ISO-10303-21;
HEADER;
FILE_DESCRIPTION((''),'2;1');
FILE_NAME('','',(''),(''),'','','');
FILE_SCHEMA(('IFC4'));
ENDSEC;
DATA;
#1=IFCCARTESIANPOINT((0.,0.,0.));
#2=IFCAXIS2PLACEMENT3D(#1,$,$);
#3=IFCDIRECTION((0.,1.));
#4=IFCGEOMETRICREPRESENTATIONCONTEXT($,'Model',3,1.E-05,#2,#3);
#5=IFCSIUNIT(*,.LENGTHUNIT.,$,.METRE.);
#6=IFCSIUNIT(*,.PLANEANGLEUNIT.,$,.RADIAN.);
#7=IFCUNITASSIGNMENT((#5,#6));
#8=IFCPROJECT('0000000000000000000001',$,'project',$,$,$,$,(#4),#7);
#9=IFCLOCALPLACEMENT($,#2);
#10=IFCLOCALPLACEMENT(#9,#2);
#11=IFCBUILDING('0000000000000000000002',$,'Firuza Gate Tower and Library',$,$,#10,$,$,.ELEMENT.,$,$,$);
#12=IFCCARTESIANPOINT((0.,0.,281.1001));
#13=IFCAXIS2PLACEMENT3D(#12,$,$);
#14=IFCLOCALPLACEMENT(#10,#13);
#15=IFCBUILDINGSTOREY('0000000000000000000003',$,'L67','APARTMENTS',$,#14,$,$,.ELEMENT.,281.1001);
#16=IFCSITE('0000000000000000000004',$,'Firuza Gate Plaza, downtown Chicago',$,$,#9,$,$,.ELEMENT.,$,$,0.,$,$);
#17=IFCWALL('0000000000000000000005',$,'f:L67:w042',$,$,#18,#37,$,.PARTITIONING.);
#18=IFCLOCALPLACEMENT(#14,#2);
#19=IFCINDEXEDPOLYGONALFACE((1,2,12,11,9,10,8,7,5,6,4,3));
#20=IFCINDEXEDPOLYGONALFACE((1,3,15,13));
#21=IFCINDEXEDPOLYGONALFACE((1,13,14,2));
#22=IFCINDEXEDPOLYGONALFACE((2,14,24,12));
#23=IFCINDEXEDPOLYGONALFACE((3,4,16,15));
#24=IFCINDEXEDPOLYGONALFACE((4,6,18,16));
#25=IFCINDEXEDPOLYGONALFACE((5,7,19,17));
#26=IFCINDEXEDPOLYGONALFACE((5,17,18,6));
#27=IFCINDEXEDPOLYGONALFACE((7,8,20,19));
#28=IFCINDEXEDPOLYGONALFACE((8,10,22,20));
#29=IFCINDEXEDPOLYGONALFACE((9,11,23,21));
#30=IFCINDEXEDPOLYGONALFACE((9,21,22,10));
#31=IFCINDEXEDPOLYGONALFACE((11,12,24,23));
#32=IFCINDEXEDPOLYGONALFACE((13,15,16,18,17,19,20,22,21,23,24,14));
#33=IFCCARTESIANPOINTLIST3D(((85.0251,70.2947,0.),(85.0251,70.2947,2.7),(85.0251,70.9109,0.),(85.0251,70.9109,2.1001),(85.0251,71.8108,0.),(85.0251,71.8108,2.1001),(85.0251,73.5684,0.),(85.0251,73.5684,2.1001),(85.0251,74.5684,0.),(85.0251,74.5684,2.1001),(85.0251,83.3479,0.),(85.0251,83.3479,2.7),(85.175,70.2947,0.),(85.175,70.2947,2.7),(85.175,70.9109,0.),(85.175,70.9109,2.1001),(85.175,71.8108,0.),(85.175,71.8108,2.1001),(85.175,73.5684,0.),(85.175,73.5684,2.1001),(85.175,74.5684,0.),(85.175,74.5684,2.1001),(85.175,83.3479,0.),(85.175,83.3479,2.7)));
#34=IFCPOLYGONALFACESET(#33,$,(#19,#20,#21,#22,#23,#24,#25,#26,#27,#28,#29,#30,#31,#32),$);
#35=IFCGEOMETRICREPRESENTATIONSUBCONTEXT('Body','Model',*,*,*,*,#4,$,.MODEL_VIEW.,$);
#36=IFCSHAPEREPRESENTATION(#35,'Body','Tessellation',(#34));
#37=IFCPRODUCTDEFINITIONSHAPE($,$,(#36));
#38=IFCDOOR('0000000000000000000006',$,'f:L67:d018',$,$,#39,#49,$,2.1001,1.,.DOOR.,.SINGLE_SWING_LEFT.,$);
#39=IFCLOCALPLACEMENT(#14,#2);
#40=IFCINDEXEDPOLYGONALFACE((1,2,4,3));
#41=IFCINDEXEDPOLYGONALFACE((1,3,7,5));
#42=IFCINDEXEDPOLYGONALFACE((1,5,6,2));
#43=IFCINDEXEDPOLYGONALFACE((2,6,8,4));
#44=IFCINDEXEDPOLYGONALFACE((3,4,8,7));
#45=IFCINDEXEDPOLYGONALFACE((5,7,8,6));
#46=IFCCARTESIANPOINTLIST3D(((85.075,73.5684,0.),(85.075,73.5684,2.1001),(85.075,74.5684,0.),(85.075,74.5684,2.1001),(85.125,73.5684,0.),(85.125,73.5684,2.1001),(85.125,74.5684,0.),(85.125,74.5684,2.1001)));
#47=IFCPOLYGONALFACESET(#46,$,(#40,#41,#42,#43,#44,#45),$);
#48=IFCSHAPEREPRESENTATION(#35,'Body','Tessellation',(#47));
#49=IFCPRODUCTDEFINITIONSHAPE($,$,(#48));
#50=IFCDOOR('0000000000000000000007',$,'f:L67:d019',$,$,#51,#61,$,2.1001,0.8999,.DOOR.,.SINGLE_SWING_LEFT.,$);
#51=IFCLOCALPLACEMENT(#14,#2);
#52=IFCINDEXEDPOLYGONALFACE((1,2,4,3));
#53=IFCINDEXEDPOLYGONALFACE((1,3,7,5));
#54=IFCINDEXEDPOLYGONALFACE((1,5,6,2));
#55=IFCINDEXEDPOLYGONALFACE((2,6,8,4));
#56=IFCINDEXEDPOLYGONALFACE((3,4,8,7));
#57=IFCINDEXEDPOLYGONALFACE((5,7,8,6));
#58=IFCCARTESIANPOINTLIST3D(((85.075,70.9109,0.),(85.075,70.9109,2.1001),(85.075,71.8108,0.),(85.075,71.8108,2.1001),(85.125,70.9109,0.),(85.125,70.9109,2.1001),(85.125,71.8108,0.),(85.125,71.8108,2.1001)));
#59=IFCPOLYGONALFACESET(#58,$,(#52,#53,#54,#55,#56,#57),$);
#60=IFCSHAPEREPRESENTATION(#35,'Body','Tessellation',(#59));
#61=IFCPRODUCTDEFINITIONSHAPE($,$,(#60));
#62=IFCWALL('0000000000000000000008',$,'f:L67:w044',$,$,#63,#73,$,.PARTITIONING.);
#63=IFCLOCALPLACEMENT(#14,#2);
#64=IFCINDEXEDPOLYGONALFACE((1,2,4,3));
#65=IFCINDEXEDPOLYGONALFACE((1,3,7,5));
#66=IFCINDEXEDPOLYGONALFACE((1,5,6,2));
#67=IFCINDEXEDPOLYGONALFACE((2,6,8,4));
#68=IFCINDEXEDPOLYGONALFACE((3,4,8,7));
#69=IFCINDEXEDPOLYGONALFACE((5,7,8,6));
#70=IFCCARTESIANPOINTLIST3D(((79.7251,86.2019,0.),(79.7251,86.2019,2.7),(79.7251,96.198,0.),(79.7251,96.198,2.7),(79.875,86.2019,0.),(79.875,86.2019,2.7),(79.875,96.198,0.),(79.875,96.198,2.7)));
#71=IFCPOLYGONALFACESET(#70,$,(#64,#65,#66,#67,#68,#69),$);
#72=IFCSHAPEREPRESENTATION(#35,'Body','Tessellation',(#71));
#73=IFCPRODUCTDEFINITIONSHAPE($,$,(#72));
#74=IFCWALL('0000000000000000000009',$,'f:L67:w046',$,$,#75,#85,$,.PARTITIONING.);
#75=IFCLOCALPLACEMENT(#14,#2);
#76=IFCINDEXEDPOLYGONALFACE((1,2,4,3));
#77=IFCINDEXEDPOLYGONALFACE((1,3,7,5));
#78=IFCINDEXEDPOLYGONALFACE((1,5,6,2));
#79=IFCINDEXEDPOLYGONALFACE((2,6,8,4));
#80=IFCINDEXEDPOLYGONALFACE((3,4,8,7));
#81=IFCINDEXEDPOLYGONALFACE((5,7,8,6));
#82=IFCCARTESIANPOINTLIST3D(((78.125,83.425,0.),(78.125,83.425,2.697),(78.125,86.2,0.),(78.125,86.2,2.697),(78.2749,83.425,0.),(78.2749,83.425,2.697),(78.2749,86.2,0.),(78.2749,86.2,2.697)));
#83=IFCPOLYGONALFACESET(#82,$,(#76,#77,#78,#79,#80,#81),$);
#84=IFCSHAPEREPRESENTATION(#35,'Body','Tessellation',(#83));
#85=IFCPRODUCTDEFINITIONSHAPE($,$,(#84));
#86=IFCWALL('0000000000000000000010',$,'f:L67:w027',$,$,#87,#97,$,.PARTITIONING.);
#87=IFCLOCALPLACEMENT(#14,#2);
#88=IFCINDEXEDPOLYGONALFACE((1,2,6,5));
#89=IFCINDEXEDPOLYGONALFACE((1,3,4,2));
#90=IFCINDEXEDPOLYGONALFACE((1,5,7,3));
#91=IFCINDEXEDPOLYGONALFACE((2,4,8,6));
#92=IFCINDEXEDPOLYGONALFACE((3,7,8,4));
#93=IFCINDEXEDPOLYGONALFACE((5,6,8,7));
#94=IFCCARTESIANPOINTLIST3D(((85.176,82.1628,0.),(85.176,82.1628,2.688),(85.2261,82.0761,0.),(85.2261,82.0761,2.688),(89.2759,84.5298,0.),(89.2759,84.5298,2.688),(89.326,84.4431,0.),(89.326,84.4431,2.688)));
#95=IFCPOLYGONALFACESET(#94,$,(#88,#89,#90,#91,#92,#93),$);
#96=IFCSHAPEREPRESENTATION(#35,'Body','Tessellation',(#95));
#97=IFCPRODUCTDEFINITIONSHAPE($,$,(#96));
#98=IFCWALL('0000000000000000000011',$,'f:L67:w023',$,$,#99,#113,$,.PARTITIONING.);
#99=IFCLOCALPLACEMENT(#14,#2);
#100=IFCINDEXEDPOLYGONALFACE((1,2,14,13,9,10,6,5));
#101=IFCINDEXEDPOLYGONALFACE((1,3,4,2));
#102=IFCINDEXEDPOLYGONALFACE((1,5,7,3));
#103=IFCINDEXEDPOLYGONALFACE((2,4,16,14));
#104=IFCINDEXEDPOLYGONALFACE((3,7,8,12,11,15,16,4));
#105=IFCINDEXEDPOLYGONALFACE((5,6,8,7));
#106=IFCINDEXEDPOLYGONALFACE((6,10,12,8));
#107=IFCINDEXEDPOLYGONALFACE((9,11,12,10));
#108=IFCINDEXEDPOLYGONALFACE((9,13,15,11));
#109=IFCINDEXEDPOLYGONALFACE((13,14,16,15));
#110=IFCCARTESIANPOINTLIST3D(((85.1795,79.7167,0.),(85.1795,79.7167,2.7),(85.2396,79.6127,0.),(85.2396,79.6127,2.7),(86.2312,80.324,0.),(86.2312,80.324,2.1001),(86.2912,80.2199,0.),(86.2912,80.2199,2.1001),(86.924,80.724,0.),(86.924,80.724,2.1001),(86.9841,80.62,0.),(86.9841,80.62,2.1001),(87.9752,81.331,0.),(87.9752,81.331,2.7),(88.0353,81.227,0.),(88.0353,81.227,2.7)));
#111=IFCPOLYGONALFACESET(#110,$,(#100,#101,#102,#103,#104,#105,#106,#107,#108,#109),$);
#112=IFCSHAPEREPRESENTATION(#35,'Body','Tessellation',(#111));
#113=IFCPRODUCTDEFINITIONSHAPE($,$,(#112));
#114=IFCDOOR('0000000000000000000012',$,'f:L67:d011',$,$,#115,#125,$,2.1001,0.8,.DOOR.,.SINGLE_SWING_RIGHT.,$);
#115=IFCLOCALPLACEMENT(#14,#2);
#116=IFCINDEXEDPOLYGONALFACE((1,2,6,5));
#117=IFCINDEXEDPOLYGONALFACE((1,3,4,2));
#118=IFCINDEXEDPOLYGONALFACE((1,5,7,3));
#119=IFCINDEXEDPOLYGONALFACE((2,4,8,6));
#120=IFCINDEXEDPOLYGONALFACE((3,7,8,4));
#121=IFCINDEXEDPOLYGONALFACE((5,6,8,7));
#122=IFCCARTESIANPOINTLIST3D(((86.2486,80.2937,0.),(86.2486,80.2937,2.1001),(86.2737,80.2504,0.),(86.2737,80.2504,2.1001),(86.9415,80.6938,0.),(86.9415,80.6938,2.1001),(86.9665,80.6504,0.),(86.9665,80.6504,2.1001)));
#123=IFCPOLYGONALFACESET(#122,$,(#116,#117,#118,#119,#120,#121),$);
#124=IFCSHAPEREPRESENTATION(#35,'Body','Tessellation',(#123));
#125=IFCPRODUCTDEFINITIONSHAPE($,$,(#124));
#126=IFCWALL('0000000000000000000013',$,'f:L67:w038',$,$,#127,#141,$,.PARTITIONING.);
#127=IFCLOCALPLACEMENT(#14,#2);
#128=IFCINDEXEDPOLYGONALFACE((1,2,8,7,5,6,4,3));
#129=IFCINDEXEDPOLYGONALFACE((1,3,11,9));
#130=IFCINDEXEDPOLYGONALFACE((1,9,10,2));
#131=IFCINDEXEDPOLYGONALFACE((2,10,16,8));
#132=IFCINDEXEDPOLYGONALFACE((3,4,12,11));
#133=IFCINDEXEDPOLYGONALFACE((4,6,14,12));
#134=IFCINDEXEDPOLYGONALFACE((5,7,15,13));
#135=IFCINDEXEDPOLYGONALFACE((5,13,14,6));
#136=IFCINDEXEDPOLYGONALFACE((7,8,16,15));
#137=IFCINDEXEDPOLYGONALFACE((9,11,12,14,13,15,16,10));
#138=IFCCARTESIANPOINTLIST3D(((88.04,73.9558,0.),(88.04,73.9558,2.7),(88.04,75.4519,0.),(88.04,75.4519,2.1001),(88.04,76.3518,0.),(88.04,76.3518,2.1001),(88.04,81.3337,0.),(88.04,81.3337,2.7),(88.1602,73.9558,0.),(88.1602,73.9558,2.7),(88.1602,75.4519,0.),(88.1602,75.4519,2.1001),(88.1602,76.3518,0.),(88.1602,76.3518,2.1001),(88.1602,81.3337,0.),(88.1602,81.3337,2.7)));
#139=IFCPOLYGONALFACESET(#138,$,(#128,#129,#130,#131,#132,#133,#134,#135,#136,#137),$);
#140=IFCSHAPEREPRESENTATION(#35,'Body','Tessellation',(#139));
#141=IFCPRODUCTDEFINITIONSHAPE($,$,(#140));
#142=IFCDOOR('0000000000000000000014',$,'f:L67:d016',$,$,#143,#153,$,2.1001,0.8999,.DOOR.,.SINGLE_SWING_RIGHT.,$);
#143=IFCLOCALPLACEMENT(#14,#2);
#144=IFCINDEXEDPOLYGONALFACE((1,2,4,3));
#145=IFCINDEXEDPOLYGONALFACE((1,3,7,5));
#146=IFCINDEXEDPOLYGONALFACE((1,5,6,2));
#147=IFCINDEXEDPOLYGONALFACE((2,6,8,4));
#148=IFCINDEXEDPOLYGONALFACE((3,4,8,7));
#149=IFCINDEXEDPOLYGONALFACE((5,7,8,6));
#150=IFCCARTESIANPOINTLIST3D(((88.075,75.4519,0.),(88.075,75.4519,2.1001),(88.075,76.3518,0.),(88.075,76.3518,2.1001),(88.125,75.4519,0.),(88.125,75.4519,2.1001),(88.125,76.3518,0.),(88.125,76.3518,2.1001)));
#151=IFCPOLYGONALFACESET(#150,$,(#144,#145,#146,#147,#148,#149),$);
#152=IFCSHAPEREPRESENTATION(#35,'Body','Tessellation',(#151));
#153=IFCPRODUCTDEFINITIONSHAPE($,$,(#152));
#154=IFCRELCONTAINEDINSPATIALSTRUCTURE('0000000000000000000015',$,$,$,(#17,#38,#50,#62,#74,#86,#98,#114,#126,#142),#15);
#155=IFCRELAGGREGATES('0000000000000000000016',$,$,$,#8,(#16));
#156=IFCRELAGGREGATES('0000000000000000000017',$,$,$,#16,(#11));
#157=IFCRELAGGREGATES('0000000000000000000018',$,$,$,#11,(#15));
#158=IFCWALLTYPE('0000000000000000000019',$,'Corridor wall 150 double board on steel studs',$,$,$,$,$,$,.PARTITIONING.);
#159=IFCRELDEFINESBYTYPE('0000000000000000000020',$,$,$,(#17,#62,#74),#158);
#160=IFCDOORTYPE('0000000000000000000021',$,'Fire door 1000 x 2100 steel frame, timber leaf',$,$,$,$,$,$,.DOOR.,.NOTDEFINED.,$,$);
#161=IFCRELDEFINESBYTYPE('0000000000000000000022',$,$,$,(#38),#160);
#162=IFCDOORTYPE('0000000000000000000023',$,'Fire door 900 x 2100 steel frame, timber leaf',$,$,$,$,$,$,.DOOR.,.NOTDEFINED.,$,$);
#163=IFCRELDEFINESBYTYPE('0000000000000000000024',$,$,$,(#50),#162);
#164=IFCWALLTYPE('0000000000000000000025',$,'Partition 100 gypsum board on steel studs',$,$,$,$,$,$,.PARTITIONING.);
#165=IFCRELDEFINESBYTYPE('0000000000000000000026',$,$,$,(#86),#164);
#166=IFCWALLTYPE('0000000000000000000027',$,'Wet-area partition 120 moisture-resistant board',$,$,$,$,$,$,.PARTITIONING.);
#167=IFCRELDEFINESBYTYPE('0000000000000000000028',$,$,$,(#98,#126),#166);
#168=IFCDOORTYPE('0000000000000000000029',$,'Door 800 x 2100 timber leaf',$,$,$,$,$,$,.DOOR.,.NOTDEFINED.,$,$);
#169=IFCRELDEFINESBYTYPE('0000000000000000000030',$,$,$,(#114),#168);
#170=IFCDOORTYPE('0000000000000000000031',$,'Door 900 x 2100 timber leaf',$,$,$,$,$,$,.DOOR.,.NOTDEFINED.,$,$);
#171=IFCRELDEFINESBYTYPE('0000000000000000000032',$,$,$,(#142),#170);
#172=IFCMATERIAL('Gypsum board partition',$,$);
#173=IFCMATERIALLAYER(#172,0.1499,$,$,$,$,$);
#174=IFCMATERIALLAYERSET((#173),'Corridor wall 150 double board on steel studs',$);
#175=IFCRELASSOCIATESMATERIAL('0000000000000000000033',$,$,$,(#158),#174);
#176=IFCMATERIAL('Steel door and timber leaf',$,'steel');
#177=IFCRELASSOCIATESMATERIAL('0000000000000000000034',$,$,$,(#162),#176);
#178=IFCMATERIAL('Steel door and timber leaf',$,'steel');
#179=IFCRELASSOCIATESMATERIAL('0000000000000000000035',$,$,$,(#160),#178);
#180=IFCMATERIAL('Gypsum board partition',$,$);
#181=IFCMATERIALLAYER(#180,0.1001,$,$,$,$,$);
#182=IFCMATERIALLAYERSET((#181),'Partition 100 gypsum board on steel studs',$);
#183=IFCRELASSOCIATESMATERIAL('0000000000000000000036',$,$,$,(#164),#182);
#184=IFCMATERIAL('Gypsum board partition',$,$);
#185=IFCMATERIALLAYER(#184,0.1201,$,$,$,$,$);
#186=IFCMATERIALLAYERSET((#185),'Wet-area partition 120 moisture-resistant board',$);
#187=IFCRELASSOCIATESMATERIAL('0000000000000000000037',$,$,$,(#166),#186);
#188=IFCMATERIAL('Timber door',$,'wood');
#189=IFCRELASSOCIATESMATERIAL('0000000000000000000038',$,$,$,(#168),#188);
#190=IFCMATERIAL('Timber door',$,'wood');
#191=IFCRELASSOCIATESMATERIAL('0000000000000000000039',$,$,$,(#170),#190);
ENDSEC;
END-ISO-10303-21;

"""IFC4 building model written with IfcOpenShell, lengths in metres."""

from ifc_helpers import new_model, si_unit, direction, frame, frame_2d, origin, place, context, subcontext, project, spatial, rectangle, extrude, material, layer, layer_set, type_object, element, fill, save


model = new_model("IFC4")

# Units and contexts
model_context = context("Model", 3, precision=1e-05, world=origin(), true_north=direction((0.0, 1.0)))
body_context = subcontext(model_context, "Body", "Model", "MODEL_VIEW")
ifc_project = project(units=[si_unit("LENGTHUNIT", "METRE"), si_unit("PLANEANGLEUNIT", "RADIAN")], contexts=[model_context])

# Site, building, storey
site_placement = place(None, origin())
site = spatial("IfcSite", under=ifc_project, at=site_placement, Name="Firuza Gate Plaza, downtown Chicago", CompositionType="ELEMENT", RefElevation=0.0)
building_placement = place(site_placement, origin())
building = spatial("IfcBuilding", under=site, at=building_placement, Name="Firuza Gate Tower and Library", CompositionType="ELEMENT")
storey_placement = place(building_placement, frame((0.0, 0.0, 281.1001)))
storey = spatial("IfcBuildingStorey", under=building, at=storey_placement, Name="L67", Description="APARTMENTS", CompositionType="ELEMENT", Elevation=281.1001)

# Shared definitions
ifc_material_1 = material(Name="Gypsum board partition")
ifc_layer_1 = layer(ifc_material_1, 0.1499)
ifc_layer_set_1 = layer_set([ifc_layer_1], Name="Corridor wall 150 double board on steel studs")
wall_type_1 = type_object("IfcWallType", Name="Corridor wall 150 double board on steel studs", PredefinedType="PARTITIONING", material=ifc_layer_set_1)
ifc_material_2 = material(Name="Steel door and timber leaf", Category="steel")
door_type_1 = type_object("IfcDoorType", Name="Fire door 900 x 2100 steel frame, timber leaf", OperationType="NOTDEFINED", PredefinedType="DOOR", material=ifc_material_2)

# Wall, openings, doors
wall_1_placement = place(storey_placement, frame((85.1001, 83.3479, 0.0), z_axis=(0.0, 0.0, 1.0), x_axis=(0.0, -1.0, 0.0)))
wall_1 = element("IfcWall", 1, at=wall_1_placement, inside=storey, type_object=wall_type_1, Name="f:L67:w042", PredefinedType="PARTITIONING", context=body_context, shape_type="SweptSolid", body=[
    extrude(rectangle(XDim=13.0532, YDim=0.1499, at=frame_2d((6.5266, 0.0))), origin(), (0.0, 0.0, 1.0), 2.7),
])
opening_1_placement = place(wall_1_placement, frame((8.7795, 0.0, 0.0)))
opening_1 = element("IfcOpeningElement", 2, at=opening_1_placement, cuts=wall_1, PredefinedType="OPENING", context=body_context, shape_type="SweptSolid", body=[
    extrude(rectangle(XDim=1.0, YDim=2.1001, at=frame_2d((0.5, 1.05))), frame((0.0, 0.085, 0.0), z_axis=(0.0, -1.0, 0.0), x_axis=(1.0, 0.0, 0.0)), (0.0, 0.0, 1.0), 0.1699),
])
opening_2_placement = place(wall_1_placement, frame((11.5371, 0.0, 0.0)))
opening_2 = element("IfcOpeningElement", 3, at=opening_2_placement, cuts=wall_1, PredefinedType="OPENING", context=body_context, shape_type="SweptSolid", body=[
    extrude(rectangle(XDim=0.8999, YDim=2.1001, at=frame_2d((0.45, 1.05))), frame((0.0, 0.085, 0.0), z_axis=(0.0, -1.0, 0.0), x_axis=(1.0, 0.0, 0.0)), (0.0, 0.0, 1.0), 0.1699),
])
ifc_material_3 = material(Name="Steel door and timber leaf", Category="steel")
door_type_2 = type_object("IfcDoorType", Name="Fire door 1000 x 2100 steel frame, timber leaf", OperationType="NOTDEFINED", PredefinedType="DOOR", material=ifc_material_3)
door_1_placement = place(opening_1_placement, origin())
door_1 = element("IfcDoor", 4, at=door_1_placement, inside=storey, type_object=door_type_2, Name="f:L67:d018", OperationType="SINGLE_SWING_LEFT", OverallHeight=2.1001, OverallWidth=1.0, PredefinedType="DOOR", context=body_context, shape_type="SweptSolid", body=[
    extrude(rectangle(XDim=1.0, YDim=2.1001, at=frame_2d((0.5, 1.05))), frame((0.0, 0.0249, 0.0), z_axis=(0.0, -1.0, 0.0), x_axis=(1.0, 0.0, 0.0)), (0.0, 0.0, 1.0), 0.05),
])
fill(opening_1, door_1)
door_2_placement = place(opening_2_placement, origin())
door_2 = element("IfcDoor", 5, at=door_2_placement, inside=storey, type_object=door_type_1, Name="f:L67:d019", OperationType="SINGLE_SWING_LEFT", OverallHeight=2.1001, OverallWidth=0.8999, PredefinedType="DOOR", context=body_context, shape_type="SweptSolid", body=[
    extrude(rectangle(XDim=0.8999, YDim=2.1001, at=frame_2d((0.45, 1.05))), frame((0.0, 0.0249, 0.0), z_axis=(0.0, -1.0, 0.0), x_axis=(1.0, 0.0, 0.0)), (0.0, 0.0, 1.0), 0.05),
])
fill(opening_2, door_2)

# Walls
wall_2_placement = place(storey_placement, frame((79.8, 86.2019, 0.0), z_axis=(0.0, 0.0, 1.0), x_axis=(0.0, 1.0, 0.0)))
element("IfcWall", 6, at=wall_2_placement, inside=storey, type_object=wall_type_1, Name="f:L67:w044", PredefinedType="PARTITIONING", context=body_context, shape_type="SweptSolid", body=[
    extrude(rectangle(XDim=9.9961, YDim=0.1499, at=frame_2d((4.998, 0.0))), origin(), (0.0, 0.0, 1.0), 2.7),
])
wall_3_placement = place(storey_placement, frame((78.2, 83.425, 0.0), z_axis=(0.0, 0.0, 1.0), x_axis=(0.0, 1.0, 0.0)))
element("IfcWall", 7, at=wall_3_placement, inside=storey, type_object=wall_type_1, Name="f:L67:w046", PredefinedType="PARTITIONING", context=body_context, shape_type="SweptSolid", body=[
    extrude(rectangle(XDim=2.7749, YDim=0.1499, at=frame_2d((1.3875, 0.0))), origin(), (0.0, 0.0, 1.0), 2.697),
])
ifc_material_4 = material(Name="Gypsum board partition")
ifc_layer_2 = layer(ifc_material_4, 0.1001)
ifc_layer_set_2 = layer_set([ifc_layer_2], Name="Partition 100 gypsum board on steel studs")
wall_type_2 = type_object("IfcWallType", Name="Partition 100 gypsum board on steel studs", PredefinedType="PARTITIONING", material=ifc_layer_set_2)
wall_4_placement = place(storey_placement, frame((85.2009, 82.1194, 0.0), z_axis=(0.0, 0.0, 1.0), x_axis=(0.866035, 0.499983, 0.0)))
element("IfcWall", 8, at=wall_4_placement, inside=storey, type_object=wall_type_2, Name="f:L67:w027", PredefinedType="PARTITIONING", context=body_context, shape_type="SweptSolid", body=[
    extrude(rectangle(XDim=4.7341, YDim=0.1001, at=frame_2d((2.3672, 0.0))), origin(), (0.0, 0.0, 1.0), 2.688),
])

# Walls, openings, doors
ifc_material_5 = material(Name="Gypsum board partition")
ifc_layer_3 = layer(ifc_material_5, 0.1201)
ifc_layer_set_3 = layer_set([ifc_layer_3], Name="Wet-area partition 120 moisture-resistant board")
wall_type_3 = type_object("IfcWallType", Name="Wet-area partition 120 moisture-resistant board", PredefinedType="PARTITIONING", material=ifc_layer_set_3)
wall_5_placement = place(storey_placement, frame((88.0054, 81.2791, 0.0), z_axis=(0.0, 0.0, 1.0), x_axis=(-0.866, -0.500043, 0.0)))
wall_5 = element("IfcWall", 9, at=wall_5_placement, inside=storey, type_object=wall_type_3, Name="f:L67:w023", PredefinedType="PARTITIONING", context=body_context, shape_type="SweptSolid", body=[
    extrude(rectangle(XDim=3.2283, YDim=0.1201, at=frame_2d((1.6143, 0.0))), origin(), (0.0, 0.0, 1.0), 2.7),
])
opening_3_placement = place(wall_5_placement, frame((1.2141, 0.0, 0.0)))
opening_3 = element("IfcOpeningElement", 10, at=opening_3_placement, cuts=wall_5, PredefinedType="OPENING", context=body_context, shape_type="SweptSolid", body=[
    extrude(rectangle(XDim=0.8, YDim=2.1001, at=frame_2d((0.3999, 1.05))), frame((0.0, 0.0701, 0.0), z_axis=(0.0, -1.0, 0.0), x_axis=(1.0, 0.0, 0.0)), (0.0, 0.0, 1.0), 0.1401),
])
ifc_material_6 = material(Name="Timber door", Category="wood")
door_type_3 = type_object("IfcDoorType", Name="Door 800 x 2100 timber leaf", OperationType="NOTDEFINED", PredefinedType="DOOR", material=ifc_material_6)
door_3_placement = place(opening_3_placement, origin())
door_3 = element("IfcDoor", 11, at=door_3_placement, inside=storey, type_object=door_type_3, Name="f:L67:d011", OperationType="SINGLE_SWING_RIGHT", OverallHeight=2.1001, OverallWidth=0.8, PredefinedType="DOOR", context=body_context, shape_type="SweptSolid", body=[
    extrude(rectangle(XDim=0.8, YDim=2.1001, at=frame_2d((0.3999, 1.05))), frame((0.0, 0.0249, 0.0), z_axis=(0.0, -1.0, 0.0), x_axis=(1.0, 0.0, 0.0)), (0.0, 0.0, 1.0), 0.05),
])
fill(opening_3, door_3)
wall_6_placement = place(storey_placement, frame((88.1001, 81.3337, 0.0), z_axis=(0.0, 0.0, 1.0), x_axis=(0.0, -1.0, 0.0)))
wall_6 = element("IfcWall", 12, at=wall_6_placement, inside=storey, type_object=wall_type_3, Name="f:L67:w038", PredefinedType="PARTITIONING", context=body_context, shape_type="SweptSolid", body=[
    extrude(rectangle(XDim=7.3779, YDim=0.1201, at=frame_2d((3.689, 0.0))), origin(), (0.0, 0.0, 1.0), 2.7),
])
opening_4_placement = place(wall_6_placement, frame((4.9819, 0.0, 0.0)))
opening_4 = element("IfcOpeningElement", 13, at=opening_4_placement, cuts=wall_6, PredefinedType="OPENING", context=body_context, shape_type="SweptSolid", body=[
    extrude(rectangle(XDim=0.8999, YDim=2.1001, at=frame_2d((0.45, 1.05))), frame((0.0, 0.0701, 0.0), z_axis=(0.0, -1.0, 0.0), x_axis=(1.0, 0.0, 0.0)), (0.0, 0.0, 1.0), 0.1401),
])
ifc_material_7 = material(Name="Timber door", Category="wood")
door_type_4 = type_object("IfcDoorType", Name="Door 900 x 2100 timber leaf", OperationType="NOTDEFINED", PredefinedType="DOOR", material=ifc_material_7)
door_4_placement = place(opening_4_placement, origin())
door_4 = element("IfcDoor", 14, at=door_4_placement, inside=storey, type_object=door_type_4, Name="f:L67:d016", OperationType="SINGLE_SWING_RIGHT", OverallHeight=2.1001, OverallWidth=0.8999, PredefinedType="DOOR", context=body_context, shape_type="SweptSolid", body=[
    extrude(rectangle(XDim=0.8999, YDim=2.1001, at=frame_2d((0.45, 1.05))), frame((0.0, 0.0249, 0.0), z_axis=(0.0, -1.0, 0.0), x_axis=(1.0, 0.0, 0.0)), (0.0, 0.0, 1.0), 0.05),
])
fill(opening_4, door_4)

save(model, "model.ifc")
